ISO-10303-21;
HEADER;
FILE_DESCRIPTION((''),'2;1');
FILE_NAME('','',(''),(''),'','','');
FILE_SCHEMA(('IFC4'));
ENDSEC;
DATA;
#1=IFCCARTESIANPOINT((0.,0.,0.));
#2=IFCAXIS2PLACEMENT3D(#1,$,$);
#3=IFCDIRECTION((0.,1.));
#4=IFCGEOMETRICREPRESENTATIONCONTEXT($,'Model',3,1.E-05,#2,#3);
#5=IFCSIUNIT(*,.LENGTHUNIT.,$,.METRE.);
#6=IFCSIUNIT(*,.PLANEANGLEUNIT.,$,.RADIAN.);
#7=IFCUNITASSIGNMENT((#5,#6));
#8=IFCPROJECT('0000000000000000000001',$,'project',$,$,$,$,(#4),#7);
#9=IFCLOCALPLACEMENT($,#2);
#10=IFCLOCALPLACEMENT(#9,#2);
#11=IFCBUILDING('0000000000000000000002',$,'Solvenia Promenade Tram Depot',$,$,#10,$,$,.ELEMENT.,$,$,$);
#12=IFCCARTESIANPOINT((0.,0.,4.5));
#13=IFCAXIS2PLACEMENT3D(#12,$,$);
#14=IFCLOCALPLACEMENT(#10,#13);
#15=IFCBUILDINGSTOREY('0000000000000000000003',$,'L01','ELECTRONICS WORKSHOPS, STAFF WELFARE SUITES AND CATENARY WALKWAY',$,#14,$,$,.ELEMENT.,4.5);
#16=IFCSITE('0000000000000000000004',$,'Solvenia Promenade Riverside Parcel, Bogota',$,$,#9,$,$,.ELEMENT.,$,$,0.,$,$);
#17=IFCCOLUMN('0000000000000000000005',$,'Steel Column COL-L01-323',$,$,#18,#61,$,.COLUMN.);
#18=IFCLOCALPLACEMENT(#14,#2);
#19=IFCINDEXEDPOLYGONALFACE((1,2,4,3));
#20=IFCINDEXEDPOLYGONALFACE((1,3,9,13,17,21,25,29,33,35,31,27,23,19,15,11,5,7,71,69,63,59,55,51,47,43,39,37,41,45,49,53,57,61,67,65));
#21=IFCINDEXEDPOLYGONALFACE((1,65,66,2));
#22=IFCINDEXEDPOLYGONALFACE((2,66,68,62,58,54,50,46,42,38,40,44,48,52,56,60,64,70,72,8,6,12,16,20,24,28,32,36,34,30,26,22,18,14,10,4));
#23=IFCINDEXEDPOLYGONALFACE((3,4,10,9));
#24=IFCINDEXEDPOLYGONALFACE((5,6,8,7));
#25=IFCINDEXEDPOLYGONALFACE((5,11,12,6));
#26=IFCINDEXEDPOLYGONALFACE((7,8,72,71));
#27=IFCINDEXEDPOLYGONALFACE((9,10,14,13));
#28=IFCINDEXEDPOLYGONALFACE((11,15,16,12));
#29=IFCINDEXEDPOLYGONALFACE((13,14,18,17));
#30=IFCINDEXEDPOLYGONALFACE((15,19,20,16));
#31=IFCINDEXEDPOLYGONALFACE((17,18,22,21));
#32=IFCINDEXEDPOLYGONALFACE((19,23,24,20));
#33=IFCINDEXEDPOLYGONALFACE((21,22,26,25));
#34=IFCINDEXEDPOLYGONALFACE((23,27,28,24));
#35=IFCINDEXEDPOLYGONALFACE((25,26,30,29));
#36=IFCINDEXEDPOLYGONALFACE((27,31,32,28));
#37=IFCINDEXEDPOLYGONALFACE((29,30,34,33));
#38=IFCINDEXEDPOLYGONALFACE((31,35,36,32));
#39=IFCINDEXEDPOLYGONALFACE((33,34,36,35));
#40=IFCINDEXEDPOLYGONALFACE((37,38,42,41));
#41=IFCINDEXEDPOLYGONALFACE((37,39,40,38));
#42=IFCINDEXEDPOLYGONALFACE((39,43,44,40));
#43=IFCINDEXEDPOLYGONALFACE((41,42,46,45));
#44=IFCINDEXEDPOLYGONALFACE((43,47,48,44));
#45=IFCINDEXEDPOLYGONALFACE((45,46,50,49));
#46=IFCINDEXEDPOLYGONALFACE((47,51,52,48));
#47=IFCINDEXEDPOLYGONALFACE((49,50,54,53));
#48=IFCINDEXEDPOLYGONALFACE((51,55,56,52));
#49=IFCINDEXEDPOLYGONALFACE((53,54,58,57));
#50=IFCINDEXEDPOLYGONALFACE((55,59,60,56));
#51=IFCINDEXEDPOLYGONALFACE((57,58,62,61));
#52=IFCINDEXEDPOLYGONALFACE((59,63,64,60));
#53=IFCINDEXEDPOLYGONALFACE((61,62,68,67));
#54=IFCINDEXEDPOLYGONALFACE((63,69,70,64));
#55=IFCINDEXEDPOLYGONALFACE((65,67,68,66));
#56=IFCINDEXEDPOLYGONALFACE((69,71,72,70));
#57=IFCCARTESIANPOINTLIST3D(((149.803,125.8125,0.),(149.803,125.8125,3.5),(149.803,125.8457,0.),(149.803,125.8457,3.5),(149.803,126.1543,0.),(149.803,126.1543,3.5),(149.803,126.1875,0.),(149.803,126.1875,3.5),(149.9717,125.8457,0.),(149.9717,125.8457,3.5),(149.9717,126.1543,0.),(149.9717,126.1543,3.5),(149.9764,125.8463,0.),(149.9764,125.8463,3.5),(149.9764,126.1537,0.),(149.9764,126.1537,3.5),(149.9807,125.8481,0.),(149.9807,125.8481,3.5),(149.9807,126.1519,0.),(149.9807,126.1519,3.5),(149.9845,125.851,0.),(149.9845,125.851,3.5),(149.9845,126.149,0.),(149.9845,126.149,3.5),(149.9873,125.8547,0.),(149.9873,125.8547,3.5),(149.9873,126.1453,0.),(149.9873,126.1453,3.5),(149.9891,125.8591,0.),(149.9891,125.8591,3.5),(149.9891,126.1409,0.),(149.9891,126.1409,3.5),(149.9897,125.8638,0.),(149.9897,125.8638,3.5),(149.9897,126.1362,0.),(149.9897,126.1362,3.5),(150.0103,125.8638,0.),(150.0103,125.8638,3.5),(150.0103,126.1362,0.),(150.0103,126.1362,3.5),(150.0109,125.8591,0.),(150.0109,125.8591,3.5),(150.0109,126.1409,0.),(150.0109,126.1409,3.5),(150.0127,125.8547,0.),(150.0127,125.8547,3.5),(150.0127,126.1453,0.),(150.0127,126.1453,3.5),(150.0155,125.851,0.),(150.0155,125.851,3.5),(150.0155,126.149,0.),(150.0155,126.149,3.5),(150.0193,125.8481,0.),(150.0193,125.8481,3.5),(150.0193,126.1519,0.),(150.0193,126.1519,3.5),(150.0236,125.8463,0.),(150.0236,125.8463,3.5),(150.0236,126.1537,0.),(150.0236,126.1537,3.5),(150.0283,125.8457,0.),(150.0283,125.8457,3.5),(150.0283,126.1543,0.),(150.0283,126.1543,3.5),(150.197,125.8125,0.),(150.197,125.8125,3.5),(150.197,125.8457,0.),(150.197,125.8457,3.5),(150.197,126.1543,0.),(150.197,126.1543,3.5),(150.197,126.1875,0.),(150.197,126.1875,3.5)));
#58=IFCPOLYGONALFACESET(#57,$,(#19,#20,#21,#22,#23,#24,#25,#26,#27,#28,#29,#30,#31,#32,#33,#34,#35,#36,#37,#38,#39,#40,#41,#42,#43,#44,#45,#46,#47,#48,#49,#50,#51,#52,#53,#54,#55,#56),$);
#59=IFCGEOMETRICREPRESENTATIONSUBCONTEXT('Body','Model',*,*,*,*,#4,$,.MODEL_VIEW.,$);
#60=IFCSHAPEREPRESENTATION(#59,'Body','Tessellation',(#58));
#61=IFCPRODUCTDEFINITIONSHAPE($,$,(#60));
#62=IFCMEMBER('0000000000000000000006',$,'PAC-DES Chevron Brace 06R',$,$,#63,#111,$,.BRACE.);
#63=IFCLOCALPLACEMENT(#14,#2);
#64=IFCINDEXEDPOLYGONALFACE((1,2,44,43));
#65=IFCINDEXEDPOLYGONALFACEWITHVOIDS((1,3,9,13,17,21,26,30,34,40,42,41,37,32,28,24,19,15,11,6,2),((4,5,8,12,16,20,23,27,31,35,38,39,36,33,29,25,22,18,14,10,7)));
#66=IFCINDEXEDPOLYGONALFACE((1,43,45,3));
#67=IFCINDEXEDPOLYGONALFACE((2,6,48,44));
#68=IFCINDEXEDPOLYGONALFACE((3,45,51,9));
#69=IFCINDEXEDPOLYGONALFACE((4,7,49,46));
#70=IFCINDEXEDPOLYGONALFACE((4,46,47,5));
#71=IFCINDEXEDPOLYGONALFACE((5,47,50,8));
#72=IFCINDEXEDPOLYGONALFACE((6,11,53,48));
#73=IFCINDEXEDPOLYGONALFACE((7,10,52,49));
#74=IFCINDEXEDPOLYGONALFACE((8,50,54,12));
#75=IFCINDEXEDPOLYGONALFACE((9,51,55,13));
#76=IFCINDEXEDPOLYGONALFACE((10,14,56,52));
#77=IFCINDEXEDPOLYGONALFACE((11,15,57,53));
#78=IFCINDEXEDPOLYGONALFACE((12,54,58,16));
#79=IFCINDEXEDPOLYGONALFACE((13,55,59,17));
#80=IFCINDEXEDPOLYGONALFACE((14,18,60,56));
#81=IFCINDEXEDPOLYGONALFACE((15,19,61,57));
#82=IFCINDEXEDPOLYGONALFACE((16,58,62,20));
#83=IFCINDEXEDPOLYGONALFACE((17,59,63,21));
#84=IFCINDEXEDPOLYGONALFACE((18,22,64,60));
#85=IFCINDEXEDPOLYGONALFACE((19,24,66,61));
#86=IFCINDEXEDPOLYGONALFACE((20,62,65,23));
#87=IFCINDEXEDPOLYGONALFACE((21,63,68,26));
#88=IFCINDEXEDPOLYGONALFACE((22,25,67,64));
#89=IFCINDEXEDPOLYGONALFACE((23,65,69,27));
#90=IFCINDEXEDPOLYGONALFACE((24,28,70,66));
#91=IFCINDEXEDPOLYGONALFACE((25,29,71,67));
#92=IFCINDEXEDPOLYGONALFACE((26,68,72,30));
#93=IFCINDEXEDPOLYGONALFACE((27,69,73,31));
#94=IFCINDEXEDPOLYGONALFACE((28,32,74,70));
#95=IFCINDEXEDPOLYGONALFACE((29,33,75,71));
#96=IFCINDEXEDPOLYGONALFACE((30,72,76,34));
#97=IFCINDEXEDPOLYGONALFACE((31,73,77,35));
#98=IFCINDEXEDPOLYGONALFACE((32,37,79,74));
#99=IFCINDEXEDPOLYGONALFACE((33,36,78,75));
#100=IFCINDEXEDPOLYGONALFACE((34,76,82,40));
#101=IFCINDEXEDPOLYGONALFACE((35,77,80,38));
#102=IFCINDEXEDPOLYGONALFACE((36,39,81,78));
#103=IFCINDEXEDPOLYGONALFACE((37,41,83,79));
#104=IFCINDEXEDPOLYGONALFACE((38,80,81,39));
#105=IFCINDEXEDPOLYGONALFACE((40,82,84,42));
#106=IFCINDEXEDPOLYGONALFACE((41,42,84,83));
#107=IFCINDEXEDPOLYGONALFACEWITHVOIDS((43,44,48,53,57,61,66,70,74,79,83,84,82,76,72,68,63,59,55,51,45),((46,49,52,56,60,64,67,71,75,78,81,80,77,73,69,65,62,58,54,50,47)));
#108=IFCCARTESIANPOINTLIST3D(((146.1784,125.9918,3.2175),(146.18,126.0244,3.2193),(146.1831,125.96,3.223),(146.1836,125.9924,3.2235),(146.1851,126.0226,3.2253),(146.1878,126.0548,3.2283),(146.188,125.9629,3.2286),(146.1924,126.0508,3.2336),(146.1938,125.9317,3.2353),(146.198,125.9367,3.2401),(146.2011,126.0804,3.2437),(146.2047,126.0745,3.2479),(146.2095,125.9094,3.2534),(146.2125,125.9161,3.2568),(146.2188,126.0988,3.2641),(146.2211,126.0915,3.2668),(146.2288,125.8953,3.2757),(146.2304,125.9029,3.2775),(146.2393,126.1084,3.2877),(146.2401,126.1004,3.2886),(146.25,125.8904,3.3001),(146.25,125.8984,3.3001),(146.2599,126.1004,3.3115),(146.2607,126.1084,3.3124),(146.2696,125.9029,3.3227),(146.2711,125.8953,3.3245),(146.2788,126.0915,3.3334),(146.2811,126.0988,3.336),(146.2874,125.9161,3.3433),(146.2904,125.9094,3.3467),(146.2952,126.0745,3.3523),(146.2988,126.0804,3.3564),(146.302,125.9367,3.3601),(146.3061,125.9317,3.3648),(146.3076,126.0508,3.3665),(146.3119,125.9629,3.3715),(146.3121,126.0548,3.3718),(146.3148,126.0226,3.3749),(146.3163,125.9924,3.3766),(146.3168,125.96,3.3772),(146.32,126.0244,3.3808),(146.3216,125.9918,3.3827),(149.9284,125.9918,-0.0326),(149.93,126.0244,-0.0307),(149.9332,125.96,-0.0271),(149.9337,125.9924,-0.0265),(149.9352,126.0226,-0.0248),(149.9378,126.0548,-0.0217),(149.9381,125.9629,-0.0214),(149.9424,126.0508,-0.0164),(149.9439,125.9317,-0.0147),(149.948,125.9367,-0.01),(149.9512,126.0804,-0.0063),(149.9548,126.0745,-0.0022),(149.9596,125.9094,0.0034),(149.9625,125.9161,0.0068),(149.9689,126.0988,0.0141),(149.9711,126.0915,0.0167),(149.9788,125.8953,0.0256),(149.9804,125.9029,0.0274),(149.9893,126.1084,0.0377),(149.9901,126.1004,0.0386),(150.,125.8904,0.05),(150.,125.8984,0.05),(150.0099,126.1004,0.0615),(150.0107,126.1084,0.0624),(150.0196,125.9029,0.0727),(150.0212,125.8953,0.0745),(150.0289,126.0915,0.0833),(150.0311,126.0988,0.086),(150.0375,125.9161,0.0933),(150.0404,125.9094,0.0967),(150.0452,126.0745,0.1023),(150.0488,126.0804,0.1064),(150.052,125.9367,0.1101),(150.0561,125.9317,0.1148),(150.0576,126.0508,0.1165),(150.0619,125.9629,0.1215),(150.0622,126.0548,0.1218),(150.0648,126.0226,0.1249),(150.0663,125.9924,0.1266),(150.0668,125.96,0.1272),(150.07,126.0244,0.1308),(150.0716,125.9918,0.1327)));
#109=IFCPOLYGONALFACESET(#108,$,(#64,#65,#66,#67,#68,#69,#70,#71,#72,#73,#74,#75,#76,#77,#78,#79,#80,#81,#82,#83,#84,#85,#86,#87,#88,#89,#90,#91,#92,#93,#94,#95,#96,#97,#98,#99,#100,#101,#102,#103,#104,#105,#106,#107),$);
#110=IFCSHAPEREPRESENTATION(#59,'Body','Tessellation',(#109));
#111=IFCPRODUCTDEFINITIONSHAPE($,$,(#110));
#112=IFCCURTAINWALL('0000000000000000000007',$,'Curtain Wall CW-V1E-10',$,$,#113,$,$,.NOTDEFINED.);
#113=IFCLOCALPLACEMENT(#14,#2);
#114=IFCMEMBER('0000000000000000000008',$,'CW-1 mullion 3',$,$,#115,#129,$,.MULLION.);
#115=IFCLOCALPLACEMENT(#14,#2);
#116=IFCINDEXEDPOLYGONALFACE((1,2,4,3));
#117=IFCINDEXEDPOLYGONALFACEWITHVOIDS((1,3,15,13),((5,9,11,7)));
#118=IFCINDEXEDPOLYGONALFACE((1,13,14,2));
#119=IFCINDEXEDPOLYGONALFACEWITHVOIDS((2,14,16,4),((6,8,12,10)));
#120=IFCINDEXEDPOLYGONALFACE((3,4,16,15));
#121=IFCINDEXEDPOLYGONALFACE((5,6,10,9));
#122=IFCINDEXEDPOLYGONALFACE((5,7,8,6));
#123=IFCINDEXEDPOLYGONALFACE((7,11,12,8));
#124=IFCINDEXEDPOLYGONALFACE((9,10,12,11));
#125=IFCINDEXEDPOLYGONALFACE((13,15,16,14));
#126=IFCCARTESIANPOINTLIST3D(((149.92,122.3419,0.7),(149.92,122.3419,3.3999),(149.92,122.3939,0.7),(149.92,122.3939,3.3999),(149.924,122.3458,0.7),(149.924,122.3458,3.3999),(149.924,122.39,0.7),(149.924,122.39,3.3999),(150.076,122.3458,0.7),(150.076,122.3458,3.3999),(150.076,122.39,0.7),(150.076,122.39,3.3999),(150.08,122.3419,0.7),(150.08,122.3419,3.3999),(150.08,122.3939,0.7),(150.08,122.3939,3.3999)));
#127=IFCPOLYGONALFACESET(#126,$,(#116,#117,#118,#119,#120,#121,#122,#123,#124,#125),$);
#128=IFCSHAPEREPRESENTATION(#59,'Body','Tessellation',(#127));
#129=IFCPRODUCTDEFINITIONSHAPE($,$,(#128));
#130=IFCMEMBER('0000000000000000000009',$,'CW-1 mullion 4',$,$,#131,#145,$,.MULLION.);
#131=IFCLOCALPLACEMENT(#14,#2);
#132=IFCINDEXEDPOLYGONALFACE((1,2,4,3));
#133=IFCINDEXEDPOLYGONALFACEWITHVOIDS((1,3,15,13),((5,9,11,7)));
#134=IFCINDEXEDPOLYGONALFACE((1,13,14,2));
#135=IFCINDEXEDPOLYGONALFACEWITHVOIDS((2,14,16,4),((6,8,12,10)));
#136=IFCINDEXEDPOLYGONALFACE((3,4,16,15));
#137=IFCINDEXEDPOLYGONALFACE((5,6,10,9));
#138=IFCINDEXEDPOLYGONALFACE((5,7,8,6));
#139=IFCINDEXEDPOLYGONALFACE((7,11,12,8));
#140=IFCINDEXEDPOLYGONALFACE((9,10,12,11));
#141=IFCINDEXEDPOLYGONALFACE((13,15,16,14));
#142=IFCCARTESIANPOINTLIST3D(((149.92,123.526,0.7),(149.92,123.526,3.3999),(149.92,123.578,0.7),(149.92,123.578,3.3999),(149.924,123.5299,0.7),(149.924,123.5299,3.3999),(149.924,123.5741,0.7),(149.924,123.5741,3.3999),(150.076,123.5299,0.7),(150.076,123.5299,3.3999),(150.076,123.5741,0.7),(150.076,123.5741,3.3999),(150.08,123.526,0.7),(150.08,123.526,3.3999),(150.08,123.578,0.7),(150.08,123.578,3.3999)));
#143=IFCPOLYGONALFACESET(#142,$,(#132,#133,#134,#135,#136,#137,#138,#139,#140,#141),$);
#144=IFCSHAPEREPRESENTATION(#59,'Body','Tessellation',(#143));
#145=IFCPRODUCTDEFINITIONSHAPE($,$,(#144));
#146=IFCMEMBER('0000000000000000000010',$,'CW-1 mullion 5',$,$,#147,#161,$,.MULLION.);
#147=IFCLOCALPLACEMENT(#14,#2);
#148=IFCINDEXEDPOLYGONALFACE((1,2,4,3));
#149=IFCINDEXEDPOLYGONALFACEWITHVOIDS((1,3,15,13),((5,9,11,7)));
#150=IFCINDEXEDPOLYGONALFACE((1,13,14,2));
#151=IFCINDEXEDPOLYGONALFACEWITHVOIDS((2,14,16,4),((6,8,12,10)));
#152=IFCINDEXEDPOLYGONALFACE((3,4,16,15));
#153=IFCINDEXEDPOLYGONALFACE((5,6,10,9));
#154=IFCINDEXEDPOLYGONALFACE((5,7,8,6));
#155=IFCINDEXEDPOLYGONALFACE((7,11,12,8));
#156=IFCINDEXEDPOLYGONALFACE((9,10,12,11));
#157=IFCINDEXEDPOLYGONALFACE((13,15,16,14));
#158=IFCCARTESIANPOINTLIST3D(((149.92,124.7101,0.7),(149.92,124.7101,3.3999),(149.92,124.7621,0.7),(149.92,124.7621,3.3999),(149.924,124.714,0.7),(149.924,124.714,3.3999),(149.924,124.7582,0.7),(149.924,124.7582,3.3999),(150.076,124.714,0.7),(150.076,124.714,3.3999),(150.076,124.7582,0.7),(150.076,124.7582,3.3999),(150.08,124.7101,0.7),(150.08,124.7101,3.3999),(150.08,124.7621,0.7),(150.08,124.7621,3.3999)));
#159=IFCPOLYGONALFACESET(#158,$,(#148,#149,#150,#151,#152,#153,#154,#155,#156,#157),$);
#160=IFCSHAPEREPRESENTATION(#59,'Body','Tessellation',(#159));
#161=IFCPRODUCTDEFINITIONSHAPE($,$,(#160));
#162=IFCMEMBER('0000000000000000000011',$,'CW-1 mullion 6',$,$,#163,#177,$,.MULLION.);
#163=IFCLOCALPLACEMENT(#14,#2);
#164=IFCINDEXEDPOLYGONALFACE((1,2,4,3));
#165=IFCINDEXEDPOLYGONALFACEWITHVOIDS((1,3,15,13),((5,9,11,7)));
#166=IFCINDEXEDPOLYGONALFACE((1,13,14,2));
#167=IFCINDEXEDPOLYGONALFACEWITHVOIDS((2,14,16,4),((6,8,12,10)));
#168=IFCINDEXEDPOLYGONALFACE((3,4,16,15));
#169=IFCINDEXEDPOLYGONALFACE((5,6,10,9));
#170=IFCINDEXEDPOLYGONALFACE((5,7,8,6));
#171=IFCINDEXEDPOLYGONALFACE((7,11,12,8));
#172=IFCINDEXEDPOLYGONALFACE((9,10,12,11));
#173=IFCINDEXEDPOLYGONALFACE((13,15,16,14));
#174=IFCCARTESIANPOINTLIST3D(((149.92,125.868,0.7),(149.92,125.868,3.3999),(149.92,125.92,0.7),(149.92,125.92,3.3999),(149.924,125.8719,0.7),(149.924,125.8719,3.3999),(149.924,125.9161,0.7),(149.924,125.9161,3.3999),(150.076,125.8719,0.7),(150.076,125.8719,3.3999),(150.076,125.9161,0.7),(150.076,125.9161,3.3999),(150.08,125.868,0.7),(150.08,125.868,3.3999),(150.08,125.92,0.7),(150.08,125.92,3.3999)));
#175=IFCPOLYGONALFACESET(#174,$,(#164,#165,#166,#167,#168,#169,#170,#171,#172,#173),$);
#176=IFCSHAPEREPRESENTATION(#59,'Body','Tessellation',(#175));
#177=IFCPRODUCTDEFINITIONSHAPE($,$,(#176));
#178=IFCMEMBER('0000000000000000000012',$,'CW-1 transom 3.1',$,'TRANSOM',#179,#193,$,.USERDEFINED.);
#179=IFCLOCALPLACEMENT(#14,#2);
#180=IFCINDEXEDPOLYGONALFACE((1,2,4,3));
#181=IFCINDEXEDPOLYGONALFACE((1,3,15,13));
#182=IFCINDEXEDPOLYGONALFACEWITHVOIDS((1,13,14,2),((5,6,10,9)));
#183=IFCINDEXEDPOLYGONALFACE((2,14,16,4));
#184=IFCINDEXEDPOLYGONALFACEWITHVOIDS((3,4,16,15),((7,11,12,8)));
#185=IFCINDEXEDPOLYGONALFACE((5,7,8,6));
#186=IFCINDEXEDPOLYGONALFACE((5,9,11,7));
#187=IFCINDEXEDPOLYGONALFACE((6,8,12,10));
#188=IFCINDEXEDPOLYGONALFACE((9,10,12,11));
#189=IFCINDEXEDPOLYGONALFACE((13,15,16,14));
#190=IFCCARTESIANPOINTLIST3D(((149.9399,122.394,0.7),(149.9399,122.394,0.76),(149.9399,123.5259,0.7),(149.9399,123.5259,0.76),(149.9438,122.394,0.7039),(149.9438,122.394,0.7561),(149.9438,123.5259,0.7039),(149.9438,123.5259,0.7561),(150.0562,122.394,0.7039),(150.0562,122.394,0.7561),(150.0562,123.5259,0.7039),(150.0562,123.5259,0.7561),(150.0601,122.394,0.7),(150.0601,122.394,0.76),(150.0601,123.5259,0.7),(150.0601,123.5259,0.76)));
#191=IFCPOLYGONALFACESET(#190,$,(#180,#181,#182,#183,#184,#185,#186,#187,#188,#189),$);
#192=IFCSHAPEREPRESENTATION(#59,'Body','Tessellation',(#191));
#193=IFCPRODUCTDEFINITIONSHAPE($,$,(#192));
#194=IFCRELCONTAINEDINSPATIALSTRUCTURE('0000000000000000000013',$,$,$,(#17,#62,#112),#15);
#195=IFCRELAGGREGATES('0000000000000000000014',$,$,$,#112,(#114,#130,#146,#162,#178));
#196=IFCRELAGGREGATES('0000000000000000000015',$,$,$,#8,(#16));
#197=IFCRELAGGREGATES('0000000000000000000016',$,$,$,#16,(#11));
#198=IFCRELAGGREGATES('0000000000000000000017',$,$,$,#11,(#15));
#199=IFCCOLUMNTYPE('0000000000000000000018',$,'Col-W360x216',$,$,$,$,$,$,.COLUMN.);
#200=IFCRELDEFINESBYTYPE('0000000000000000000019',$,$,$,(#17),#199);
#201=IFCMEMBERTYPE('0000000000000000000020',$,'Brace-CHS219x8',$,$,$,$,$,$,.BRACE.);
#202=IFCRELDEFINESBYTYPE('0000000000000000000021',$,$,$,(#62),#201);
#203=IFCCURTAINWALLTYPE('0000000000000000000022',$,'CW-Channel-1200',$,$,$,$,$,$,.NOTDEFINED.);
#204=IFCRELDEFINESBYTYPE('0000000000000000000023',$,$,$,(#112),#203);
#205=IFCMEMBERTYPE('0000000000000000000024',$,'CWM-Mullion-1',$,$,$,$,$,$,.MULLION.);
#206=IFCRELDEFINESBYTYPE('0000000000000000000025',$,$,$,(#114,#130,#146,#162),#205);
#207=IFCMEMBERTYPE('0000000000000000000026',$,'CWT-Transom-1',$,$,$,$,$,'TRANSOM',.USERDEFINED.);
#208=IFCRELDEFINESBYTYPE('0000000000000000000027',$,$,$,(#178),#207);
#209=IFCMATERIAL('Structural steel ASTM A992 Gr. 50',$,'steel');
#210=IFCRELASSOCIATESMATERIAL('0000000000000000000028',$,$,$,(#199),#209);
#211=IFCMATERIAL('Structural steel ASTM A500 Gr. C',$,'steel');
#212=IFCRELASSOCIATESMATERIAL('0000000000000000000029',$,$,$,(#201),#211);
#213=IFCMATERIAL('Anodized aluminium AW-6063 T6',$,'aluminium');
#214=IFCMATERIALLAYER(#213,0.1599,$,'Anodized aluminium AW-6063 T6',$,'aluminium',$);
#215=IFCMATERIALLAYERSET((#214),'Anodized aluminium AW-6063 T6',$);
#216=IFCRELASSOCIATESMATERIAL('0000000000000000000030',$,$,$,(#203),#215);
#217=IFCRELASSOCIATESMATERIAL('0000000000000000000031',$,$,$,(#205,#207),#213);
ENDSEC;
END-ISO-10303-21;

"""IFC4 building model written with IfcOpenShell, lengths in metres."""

from ifc_helpers import new_model, si_unit, direction, frame, origin, origin_2d, place, context, subcontext, project, spatial, hollow_rectangle, hollow_circle, i_section, extrude, material, layer, layer_set, material_profile, profile_set, type_object, element, aggregate, save


model = new_model("IFC4")

# Units and contexts
model_context = context("Model", 3, precision=1e-05, world=origin(), true_north=direction((0.0, 1.0)))
body_context = subcontext(model_context, "Body", "Model", "MODEL_VIEW")
ifc_project = project(units=[si_unit("LENGTHUNIT", "METRE"), si_unit("PLANEANGLEUNIT", "RADIAN")], contexts=[model_context])

# Site, building, storey
site_placement = place(None, origin())
site = spatial("IfcSite", under=ifc_project, at=site_placement, Name="Solvenia Promenade Riverside Parcel, Bogota", CompositionType="ELEMENT", RefElevation=0.0)
building_placement = place(site_placement, origin())
building = spatial("IfcBuilding", under=site, at=building_placement, Name="Solvenia Promenade Tram Depot", CompositionType="ELEMENT")
storey_placement = place(building_placement, frame((0.0, 0.0, 4.5)))
storey = spatial("IfcBuildingStorey", under=building, at=storey_placement, Name="L01", Description="ELECTRONICS WORKSHOPS, STAFF WELFARE SUITES AND CATENARY WALKWAY", CompositionType="ELEMENT", Elevation=4.5)

# Column
ifc_material_1 = material(Name="Structural steel ASTM A992 Gr. 50", Category="steel")
ifc_material_profile_1 = material_profile(ifc_material_1, i_section(OverallWidth=0.394, OverallDepth=0.375, WebThickness=0.0205, FlangeThickness=0.0332, FilletRadius=0.0181, at=origin_2d()), Name="W360x216", Category="steel")
ifc_profile_set_1 = profile_set([ifc_material_profile_1], Name="Structural steel ASTM A992 Gr. 50")
column_type = type_object("IfcColumnType", Name="Col-W360x216", PredefinedType="COLUMN", material=ifc_profile_set_1)
column_placement = place(storey_placement, frame((150.0, 126.0, 0.0), z_axis=(0.0, 0.0, 1.0), x_axis=(1.0, 0.0, 0.0)))
element("IfcColumn", 1, at=column_placement, inside=storey, type_object=column_type, Name="Steel Column COL-L01-323", PredefinedType="COLUMN", context=body_context, shape_type="SweptSolid", body=[
    extrude(i_section(OverallWidth=0.394, OverallDepth=0.375, WebThickness=0.0205, FlangeThickness=0.0332, FilletRadius=0.0181, at=origin_2d()), origin(), (0.0, 0.0, 1.0), 3.5),
])

# Member
ifc_material_2 = material(Name="Structural steel ASTM A500 Gr. C", Category="steel")
ifc_material_profile_2 = material_profile(ifc_material_2, hollow_circle(Radius=0.1096, WallThickness=0.0081, at=origin_2d()), Name="CHS219.1x8", Category="steel")
ifc_profile_set_2 = profile_set([ifc_material_profile_2], Name="Structural steel ASTM A500 Gr. C")
member_type_1 = type_object("IfcMemberType", Name="Brace-CHS219x8", PredefinedType="BRACE", material=ifc_profile_set_2)
member_1_placement = place(storey_placement, frame((150.0, 126.0, 0.05), z_axis=(-0.755689, 0.0, 0.654931), x_axis=(0.0, -1.0, 0.0)))
element("IfcMember", 2, at=member_1_placement, inside=storey, type_object=member_type_1, Name="PAC-DES Chevron Brace 06R", PredefinedType="BRACE", context=body_context, shape_type="SweptSolid", body=[
    extrude(hollow_circle(Radius=0.1096, WallThickness=0.0081, at=origin_2d()), origin(), (0.0, 0.0, 1.0), 4.9624),
])

# Curtain wall, members
ifc_material_3 = material(Name="Anodized aluminium AW-6063 T6", Category="aluminium")
ifc_layer_1 = layer(ifc_material_3, 0.1599, Name="Anodized aluminium AW-6063 T6", Category="aluminium")
ifc_layer_set_1 = layer_set([ifc_layer_1], Name="Anodized aluminium AW-6063 T6")
curtain_wall_type = type_object("IfcCurtainWallType", Name="CW-Channel-1200", PredefinedType="NOTDEFINED", material=ifc_layer_set_1)
curtain_wall_placement = place(storey_placement, origin())
curtain_wall = element("IfcCurtainWall", 3, at=curtain_wall_placement, inside=storey, type_object=curtain_wall_type, Name="Curtain Wall CW-V1E-10", PredefinedType="NOTDEFINED")
ifc_material_profile_3 = material_profile(ifc_material_3, hollow_rectangle(XDim=0.1599, YDim=0.052, WallThickness=0.0039, at=origin_2d()), Name="ALU-M1", Category="aluminium")
ifc_profile_set_3 = profile_set([ifc_material_profile_3], Name="Anodized aluminium AW-6063 T6")
member_type_2 = type_object("IfcMemberType", Name="CWM-Mullion-1", PredefinedType="MULLION", material=ifc_profile_set_3)
member_2_placement = place(storey_placement, frame((150.0, 122.3679, 0.7), z_axis=(0.0, 0.0, 1.0), x_axis=(-1.0, 0.0, 0.0)))
member_2 = element("IfcMember", 4, at=member_2_placement, type_object=member_type_2, Name="CW-1 mullion 3", PredefinedType="MULLION", context=body_context, shape_type="SweptSolid", body=[
    extrude(hollow_rectangle(XDim=0.1599, YDim=0.052, WallThickness=0.0039, at=origin_2d()), origin(), (0.0, 0.0, 1.0), 2.7),
])
member_3_placement = place(storey_placement, frame((150.0, 123.552, 0.7), z_axis=(0.0, 0.0, 1.0), x_axis=(-1.0, 0.0, 0.0)))
member_3 = element("IfcMember", 5, at=member_3_placement, type_object=member_type_2, Name="CW-1 mullion 4", PredefinedType="MULLION", context=body_context, shape_type="SweptSolid", body=[
    extrude(hollow_rectangle(XDim=0.1599, YDim=0.052, WallThickness=0.0039, at=origin_2d()), origin(), (0.0, 0.0, 1.0), 2.7),
])
member_4_placement = place(storey_placement, frame((150.0, 124.7361, 0.7), z_axis=(0.0, 0.0, 1.0), x_axis=(-1.0, 0.0, 0.0)))
member_4 = element("IfcMember", 6, at=member_4_placement, type_object=member_type_2, Name="CW-1 mullion 5", PredefinedType="MULLION", context=body_context, shape_type="SweptSolid", body=[
    extrude(hollow_rectangle(XDim=0.1599, YDim=0.052, WallThickness=0.0039, at=origin_2d()), origin(), (0.0, 0.0, 1.0), 2.7),
])
member_5_placement = place(storey_placement, frame((150.0, 125.894, 0.7), z_axis=(0.0, 0.0, 1.0), x_axis=(-1.0, 0.0, 0.0)))
member_5 = element("IfcMember", 7, at=member_5_placement, type_object=member_type_2, Name="CW-1 mullion 6", PredefinedType="MULLION", context=body_context, shape_type="SweptSolid", body=[
    extrude(hollow_rectangle(XDim=0.1599, YDim=0.052, WallThickness=0.0039, at=origin_2d()), origin(), (0.0, 0.0, 1.0), 2.7),
])
ifc_material_profile_4 = material_profile(ifc_material_3, hollow_rectangle(XDim=0.1201, YDim=0.0601, WallThickness=0.0039, at=origin_2d()), Name="ALU-T1", Category="aluminium")
ifc_profile_set_4 = profile_set([ifc_material_profile_4], Name="Anodized aluminium AW-6063 T6")
member_type_3 = type_object("IfcMemberType", Name="CWT-Transom-1", ElementType="TRANSOM", PredefinedType="USERDEFINED", material=ifc_profile_set_4)
member_6_placement = place(storey_placement, frame((150.0, 122.394, 0.73), z_axis=(0.0, 1.0, 0.0), x_axis=(-1.0, 0.0, 0.0)))
member_6 = element("IfcMember", 8, at=member_6_placement, type_object=member_type_3, Name="CW-1 transom 3.1", ObjectType="TRANSOM", PredefinedType="USERDEFINED", context=body_context, shape_type="SweptSolid", body=[
    extrude(hollow_rectangle(XDim=0.1201, YDim=0.0601, WallThickness=0.0039, at=origin_2d()), origin(), (0.0, 0.0, 1.0), 1.1318),
])

aggregate(curtain_wall, [member_2, member_3, member_4, member_5, member_6])

save(model, "model.ifc")
